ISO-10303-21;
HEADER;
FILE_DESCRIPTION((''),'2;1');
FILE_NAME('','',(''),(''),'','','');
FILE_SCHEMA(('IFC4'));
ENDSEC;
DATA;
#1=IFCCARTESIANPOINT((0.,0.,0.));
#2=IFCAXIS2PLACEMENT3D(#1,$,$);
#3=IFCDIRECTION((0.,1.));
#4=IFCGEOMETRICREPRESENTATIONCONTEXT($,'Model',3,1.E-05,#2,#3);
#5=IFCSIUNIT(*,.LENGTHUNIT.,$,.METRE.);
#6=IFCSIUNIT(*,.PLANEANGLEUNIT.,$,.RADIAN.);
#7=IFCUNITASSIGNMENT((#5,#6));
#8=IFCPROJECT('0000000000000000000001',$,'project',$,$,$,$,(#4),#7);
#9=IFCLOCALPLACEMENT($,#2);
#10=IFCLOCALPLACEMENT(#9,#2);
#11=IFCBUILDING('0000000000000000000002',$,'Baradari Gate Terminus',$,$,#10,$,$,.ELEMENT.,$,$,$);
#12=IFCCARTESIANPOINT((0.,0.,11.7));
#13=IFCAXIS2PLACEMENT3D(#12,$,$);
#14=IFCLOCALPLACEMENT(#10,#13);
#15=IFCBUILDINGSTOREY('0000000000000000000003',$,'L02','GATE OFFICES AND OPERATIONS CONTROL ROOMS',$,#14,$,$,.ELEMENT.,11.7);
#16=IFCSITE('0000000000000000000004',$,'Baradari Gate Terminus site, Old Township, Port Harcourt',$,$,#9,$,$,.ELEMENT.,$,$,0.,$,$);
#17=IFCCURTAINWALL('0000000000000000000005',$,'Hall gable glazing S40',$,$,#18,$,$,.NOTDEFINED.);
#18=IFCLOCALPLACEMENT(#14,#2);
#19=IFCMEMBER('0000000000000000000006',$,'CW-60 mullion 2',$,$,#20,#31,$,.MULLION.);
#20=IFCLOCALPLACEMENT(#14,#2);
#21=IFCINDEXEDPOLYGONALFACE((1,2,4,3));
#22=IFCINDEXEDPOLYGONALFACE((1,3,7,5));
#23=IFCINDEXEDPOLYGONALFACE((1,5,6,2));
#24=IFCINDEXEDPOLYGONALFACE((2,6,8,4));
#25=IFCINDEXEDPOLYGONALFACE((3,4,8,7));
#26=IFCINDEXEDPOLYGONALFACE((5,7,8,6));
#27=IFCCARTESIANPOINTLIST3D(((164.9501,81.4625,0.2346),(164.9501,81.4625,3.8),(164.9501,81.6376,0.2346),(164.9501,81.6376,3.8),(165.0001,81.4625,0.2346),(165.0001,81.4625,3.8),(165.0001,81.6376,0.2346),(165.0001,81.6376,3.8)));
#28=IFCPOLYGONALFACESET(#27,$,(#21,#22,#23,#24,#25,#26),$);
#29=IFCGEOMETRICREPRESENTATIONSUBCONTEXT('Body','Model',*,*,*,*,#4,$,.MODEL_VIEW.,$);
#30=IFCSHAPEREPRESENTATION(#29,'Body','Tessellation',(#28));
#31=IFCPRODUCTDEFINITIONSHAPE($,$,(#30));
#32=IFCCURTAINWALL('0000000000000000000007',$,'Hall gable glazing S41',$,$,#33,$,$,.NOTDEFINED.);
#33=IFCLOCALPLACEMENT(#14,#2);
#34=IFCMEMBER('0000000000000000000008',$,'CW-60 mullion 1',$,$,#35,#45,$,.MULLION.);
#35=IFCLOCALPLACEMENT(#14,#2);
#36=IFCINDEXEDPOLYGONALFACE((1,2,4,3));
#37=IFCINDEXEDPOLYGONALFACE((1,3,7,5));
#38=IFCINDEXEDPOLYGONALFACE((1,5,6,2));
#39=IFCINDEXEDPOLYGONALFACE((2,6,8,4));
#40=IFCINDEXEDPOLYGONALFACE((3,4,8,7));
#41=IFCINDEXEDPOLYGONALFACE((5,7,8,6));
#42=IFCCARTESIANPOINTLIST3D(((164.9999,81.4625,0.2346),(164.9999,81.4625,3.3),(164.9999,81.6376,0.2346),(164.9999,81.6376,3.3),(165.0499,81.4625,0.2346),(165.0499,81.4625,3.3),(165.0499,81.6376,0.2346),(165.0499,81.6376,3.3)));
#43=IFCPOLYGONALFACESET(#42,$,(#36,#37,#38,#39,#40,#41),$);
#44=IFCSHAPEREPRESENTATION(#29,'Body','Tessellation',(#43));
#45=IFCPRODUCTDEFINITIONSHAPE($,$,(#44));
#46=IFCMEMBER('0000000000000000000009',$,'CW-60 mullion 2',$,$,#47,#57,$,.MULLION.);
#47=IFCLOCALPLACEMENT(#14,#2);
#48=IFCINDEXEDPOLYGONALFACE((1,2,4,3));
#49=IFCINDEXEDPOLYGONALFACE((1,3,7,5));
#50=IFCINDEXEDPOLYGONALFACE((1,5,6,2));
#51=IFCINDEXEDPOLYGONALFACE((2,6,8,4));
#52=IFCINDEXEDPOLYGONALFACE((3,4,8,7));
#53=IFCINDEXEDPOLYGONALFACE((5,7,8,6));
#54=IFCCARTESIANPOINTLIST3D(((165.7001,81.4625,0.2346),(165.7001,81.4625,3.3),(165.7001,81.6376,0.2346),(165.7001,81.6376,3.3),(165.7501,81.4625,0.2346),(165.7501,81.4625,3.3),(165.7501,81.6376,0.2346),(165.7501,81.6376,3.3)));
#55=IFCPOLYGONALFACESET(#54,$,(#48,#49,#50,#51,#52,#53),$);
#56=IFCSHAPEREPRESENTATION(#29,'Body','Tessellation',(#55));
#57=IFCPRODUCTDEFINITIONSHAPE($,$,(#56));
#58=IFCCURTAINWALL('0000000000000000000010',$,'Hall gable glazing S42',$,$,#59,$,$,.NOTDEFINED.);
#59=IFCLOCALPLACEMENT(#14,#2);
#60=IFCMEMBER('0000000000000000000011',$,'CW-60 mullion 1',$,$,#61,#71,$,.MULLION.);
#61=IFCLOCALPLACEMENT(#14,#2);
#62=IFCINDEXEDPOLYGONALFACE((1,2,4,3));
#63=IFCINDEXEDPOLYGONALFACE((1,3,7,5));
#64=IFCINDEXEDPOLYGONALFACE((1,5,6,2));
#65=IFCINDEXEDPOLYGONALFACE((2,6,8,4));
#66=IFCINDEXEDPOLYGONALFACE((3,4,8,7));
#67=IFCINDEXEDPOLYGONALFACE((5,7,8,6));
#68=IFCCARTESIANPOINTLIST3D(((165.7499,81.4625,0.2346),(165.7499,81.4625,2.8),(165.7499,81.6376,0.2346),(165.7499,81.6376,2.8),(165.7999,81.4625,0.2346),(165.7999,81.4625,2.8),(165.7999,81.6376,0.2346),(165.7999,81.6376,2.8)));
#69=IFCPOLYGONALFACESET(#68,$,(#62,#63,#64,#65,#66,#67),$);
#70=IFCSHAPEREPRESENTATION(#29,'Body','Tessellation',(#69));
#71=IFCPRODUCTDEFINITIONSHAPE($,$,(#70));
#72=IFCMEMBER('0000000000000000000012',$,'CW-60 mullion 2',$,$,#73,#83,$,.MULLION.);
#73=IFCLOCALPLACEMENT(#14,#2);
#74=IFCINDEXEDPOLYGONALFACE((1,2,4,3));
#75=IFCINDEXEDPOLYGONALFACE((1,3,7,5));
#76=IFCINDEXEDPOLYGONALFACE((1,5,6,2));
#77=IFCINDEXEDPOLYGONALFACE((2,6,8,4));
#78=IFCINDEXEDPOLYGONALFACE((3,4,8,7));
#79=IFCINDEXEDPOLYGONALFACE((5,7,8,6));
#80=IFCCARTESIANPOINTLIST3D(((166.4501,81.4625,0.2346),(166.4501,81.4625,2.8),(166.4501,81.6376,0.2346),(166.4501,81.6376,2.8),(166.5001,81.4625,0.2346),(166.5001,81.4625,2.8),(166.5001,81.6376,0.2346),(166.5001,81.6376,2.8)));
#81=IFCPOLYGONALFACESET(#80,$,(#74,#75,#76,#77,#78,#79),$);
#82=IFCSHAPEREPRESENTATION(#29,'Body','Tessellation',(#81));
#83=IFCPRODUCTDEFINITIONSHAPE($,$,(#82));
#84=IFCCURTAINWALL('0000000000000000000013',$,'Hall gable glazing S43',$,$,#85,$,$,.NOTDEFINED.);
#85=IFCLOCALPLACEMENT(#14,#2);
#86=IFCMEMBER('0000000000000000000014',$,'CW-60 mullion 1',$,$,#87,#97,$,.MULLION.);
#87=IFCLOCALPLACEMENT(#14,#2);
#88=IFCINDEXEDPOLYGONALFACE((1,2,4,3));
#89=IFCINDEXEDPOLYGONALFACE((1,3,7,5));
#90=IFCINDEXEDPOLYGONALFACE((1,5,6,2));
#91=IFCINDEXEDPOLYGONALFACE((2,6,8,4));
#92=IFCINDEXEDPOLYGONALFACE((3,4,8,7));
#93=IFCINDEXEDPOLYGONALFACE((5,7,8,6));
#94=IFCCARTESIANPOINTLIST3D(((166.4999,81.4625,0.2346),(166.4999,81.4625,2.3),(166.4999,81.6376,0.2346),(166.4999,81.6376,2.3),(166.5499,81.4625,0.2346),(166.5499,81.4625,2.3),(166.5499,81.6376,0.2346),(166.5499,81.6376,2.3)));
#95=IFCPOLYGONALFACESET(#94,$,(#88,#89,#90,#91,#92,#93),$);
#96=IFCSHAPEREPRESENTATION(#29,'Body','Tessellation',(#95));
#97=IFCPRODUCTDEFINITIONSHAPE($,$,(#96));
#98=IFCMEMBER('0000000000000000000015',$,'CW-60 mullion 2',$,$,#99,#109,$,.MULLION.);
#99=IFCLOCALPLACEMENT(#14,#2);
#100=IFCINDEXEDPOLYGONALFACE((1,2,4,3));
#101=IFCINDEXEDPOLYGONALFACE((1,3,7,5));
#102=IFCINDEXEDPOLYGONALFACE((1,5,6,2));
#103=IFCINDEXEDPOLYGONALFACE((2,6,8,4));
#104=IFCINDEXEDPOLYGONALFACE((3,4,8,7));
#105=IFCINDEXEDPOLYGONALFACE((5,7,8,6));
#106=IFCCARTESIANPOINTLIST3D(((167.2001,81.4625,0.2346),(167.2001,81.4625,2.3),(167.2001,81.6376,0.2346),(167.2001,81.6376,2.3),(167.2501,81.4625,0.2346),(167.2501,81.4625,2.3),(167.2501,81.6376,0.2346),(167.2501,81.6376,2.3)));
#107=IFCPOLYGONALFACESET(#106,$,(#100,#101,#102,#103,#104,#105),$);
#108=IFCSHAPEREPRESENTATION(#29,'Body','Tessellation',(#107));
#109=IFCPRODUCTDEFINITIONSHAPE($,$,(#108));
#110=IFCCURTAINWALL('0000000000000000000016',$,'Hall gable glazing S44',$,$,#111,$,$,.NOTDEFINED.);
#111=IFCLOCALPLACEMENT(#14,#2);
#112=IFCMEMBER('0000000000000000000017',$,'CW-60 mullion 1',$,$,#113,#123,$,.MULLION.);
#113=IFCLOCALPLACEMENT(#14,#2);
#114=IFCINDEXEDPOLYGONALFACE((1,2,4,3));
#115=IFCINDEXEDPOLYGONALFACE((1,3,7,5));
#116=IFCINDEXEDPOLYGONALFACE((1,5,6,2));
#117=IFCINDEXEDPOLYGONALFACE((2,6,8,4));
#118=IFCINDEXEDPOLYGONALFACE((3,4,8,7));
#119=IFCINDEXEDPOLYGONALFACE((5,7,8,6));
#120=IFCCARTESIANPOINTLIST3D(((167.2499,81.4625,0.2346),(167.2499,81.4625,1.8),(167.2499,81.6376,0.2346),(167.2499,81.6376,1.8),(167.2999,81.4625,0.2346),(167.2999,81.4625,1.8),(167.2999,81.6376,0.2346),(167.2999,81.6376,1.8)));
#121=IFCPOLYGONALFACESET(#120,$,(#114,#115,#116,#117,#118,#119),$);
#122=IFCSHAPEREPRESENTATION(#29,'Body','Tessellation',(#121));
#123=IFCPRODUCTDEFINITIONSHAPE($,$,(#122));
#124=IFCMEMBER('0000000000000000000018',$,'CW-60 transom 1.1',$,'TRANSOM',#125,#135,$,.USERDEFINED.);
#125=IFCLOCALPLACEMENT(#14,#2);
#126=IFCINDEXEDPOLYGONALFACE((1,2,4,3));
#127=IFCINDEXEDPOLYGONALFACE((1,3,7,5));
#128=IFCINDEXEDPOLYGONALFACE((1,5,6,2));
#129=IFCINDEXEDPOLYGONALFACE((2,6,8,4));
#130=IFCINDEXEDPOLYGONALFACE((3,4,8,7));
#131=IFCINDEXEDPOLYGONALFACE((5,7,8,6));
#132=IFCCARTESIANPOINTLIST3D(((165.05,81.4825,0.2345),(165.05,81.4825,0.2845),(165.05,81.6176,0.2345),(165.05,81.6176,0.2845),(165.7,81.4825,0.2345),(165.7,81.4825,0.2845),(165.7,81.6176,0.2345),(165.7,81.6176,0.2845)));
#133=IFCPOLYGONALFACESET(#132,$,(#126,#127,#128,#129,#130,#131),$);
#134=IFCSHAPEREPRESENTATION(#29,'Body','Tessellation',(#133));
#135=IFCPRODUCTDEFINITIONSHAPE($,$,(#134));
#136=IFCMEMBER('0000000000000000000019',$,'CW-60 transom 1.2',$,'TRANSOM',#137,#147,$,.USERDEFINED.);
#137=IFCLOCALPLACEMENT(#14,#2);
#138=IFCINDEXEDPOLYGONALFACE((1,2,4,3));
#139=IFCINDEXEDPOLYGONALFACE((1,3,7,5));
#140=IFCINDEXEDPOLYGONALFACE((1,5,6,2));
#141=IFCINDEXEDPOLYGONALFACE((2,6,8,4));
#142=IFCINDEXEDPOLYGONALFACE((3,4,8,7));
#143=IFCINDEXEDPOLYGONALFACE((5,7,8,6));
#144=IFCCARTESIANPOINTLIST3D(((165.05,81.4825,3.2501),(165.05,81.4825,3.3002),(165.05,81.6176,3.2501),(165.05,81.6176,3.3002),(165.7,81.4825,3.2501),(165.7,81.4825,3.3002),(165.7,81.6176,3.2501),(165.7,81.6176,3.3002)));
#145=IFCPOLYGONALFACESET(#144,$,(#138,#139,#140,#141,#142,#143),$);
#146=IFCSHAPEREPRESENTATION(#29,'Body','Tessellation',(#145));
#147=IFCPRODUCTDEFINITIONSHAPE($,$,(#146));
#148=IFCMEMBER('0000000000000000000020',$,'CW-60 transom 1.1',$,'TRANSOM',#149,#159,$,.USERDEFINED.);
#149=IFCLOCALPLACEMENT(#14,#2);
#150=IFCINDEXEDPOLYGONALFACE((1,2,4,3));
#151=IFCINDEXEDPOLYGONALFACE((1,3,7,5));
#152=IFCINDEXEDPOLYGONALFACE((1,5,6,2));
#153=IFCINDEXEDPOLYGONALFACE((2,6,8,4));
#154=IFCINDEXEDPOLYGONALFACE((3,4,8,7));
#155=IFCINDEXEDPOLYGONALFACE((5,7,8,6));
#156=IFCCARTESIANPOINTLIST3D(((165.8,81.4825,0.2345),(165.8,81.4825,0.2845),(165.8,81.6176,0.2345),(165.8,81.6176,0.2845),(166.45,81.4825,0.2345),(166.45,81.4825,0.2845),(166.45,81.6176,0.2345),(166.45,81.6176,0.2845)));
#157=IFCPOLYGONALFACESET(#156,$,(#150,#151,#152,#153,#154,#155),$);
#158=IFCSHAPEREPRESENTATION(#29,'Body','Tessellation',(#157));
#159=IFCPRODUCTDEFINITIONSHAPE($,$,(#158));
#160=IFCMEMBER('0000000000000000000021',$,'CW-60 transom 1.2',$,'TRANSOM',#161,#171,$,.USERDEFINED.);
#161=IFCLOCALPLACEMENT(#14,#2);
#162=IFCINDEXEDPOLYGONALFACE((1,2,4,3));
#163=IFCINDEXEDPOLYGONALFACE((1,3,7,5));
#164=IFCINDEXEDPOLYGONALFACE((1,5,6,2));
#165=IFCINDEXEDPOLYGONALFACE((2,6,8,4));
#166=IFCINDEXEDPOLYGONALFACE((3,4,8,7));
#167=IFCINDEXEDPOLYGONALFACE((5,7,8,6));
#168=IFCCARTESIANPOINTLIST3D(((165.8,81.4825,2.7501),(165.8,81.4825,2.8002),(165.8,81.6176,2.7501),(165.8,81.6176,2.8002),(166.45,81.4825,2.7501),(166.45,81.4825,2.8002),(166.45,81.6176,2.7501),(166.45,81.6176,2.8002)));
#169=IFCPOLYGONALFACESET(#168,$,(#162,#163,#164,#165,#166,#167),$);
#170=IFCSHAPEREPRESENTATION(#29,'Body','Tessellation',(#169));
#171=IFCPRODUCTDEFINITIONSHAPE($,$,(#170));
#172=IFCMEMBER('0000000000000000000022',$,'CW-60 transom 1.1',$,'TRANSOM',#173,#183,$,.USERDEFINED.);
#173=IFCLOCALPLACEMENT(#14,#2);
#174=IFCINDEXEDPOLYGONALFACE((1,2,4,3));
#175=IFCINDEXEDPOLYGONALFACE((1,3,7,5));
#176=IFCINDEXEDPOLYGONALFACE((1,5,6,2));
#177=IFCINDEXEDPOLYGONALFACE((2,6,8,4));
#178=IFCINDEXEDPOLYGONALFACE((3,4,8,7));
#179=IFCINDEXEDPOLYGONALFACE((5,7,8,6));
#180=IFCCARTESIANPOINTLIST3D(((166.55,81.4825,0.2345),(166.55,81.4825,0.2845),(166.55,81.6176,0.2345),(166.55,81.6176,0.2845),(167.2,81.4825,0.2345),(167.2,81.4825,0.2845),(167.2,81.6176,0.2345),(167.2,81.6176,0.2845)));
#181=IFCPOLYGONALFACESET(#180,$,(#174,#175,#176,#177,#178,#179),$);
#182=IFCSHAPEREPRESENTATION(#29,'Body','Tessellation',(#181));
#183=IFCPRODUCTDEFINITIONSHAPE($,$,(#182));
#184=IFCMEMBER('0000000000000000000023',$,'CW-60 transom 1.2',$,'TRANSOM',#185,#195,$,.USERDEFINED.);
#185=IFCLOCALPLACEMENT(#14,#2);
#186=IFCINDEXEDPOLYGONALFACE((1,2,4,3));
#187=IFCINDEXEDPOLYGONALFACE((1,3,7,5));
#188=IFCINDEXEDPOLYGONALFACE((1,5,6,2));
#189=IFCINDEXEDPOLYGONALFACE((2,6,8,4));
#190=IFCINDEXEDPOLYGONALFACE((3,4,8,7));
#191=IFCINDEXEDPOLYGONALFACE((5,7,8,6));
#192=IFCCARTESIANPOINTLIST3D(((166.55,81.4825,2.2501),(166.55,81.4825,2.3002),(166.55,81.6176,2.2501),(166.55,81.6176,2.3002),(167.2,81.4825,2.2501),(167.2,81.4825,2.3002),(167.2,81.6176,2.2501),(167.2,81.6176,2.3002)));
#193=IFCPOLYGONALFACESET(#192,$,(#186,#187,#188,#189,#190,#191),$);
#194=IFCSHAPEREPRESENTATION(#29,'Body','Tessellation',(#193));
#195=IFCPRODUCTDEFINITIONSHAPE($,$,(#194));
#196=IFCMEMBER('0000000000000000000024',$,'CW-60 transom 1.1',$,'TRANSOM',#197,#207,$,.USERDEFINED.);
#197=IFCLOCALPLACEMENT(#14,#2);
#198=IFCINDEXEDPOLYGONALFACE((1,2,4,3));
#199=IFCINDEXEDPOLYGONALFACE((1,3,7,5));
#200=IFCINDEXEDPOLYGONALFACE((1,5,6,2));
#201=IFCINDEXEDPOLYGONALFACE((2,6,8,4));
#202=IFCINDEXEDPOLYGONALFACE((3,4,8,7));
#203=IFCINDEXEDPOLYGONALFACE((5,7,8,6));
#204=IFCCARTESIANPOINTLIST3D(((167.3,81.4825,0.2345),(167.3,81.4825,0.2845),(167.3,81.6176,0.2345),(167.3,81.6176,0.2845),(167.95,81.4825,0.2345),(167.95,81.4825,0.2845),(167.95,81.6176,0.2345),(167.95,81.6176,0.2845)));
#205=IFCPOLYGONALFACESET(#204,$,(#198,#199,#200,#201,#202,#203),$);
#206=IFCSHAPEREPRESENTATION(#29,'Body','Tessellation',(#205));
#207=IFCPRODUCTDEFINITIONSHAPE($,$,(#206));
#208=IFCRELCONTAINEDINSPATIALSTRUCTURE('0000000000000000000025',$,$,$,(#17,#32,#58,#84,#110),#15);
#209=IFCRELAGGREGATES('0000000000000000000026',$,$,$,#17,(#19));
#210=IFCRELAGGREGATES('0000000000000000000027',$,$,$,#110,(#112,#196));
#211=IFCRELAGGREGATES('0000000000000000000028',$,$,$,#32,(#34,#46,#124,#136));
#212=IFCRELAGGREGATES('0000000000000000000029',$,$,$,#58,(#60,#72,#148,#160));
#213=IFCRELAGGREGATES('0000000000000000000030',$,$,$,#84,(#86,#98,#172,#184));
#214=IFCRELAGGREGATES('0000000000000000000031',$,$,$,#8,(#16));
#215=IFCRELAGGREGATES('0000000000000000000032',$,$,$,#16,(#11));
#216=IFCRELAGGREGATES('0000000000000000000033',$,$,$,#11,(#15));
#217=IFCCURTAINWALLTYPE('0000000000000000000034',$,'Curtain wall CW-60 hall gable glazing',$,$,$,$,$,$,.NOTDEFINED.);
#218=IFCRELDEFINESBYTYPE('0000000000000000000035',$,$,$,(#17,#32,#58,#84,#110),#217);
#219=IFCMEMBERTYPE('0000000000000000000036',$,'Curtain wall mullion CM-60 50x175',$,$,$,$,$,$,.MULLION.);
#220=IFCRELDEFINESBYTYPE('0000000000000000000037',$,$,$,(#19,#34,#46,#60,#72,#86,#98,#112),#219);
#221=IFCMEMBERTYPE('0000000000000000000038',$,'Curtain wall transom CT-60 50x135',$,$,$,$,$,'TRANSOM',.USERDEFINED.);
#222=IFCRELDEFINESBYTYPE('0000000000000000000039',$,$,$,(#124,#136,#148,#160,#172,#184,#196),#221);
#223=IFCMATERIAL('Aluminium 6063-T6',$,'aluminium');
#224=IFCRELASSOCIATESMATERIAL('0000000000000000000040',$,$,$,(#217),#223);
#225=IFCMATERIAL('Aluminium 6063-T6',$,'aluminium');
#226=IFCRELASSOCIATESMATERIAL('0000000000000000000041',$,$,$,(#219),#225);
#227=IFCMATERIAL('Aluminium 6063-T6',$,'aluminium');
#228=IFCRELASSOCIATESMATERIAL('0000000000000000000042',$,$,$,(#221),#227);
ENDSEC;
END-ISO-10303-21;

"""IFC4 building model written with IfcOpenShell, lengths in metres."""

from ifc_helpers import new_model, si_unit, direction, frame, origin, origin_2d, place, context, subcontext, project, spatial, rectangle, extrude, material, material_profile, profile_set, type_object, element, aggregate, save


model = new_model("IFC4")

# Units and contexts
model_context = context("Model", 3, precision=1e-05, world=origin(), true_north=direction((0.0, 1.0)))
body_context = subcontext(model_context, "Body", "Model", "MODEL_VIEW")
ifc_project = project(units=[si_unit("LENGTHUNIT", "METRE"), si_unit("PLANEANGLEUNIT", "RADIAN")], contexts=[model_context])

# Site, building, storey
site_placement = place(None, origin())
site = spatial("IfcSite", under=ifc_project, at=site_placement, Name="Baradari Gate Terminus site, Old Township, Port Harcourt", CompositionType="ELEMENT", RefElevation=0.0)
building_placement = place(site_placement, origin())
building = spatial("IfcBuilding", under=site, at=building_placement, Name="Baradari Gate Terminus", CompositionType="ELEMENT")
storey_placement = place(building_placement, frame((0.0, 0.0, 11.7)))
storey = spatial("IfcBuildingStorey", under=building, at=storey_placement, Name="L02", Description="GATE OFFICES AND OPERATIONS CONTROL ROOMS", CompositionType="ELEMENT", Elevation=11.7)

# Curtain wall, member
ifc_material_1 = material(Name="Aluminium 6063-T6", Category="aluminium")
curtain_wall_type = type_object("IfcCurtainWallType", Name="Curtain wall CW-60 hall gable glazing", PredefinedType="NOTDEFINED", material=ifc_material_1)
curtain_wall_1_placement = place(storey_placement, origin())
curtain_wall_1 = element("IfcCurtainWall", 1, at=curtain_wall_1_placement, inside=storey, type_object=curtain_wall_type, Name="Hall gable glazing S40", PredefinedType="NOTDEFINED")
ifc_material_2 = material(Name="Aluminium 6063-T6", Category="aluminium")
ifc_material_profile_1 = material_profile(ifc_material_2, rectangle(XDim=0.175, YDim=0.05, at=origin_2d()), Name="CM-60 50X175")
ifc_profile_set_1 = profile_set([ifc_material_profile_1], Name="Aluminium 6063-T6")
member_type_1 = type_object("IfcMemberType", Name="Curtain wall mullion CM-60 50x175", PredefinedType="MULLION", material=ifc_profile_set_1)
member_1_placement = place(storey_placement, frame((164.9751, 81.55, 0.2346), z_axis=(0.0, 0.0, 1.0), x_axis=(0.0, 1.0, 0.0)))
member_1 = element("IfcMember", 2, at=member_1_placement, type_object=member_type_1, Name="CW-60 mullion 2", PredefinedType="MULLION", context=body_context, shape_type="SweptSolid", body=[
    extrude(rectangle(XDim=0.175, YDim=0.05, at=origin_2d()), origin(), (0.0, 0.0, 1.0), 3.5654),
])
aggregate(curtain_wall_1, [member_1])

# Curtain walls, members
curtain_wall_2_placement = place(storey_placement, origin())
curtain_wall_2 = element("IfcCurtainWall", 3, at=curtain_wall_2_placement, inside=storey, type_object=curtain_wall_type, Name="Hall gable glazing S41", PredefinedType="NOTDEFINED")
member_2_placement = place(storey_placement, frame((165.0249, 81.55, 0.2346), z_axis=(0.0, 0.0, 1.0), x_axis=(0.0, 1.0, 0.0)))
member_2 = element("IfcMember", 4, at=member_2_placement, type_object=member_type_1, Name="CW-60 mullion 1", PredefinedType="MULLION", context=body_context, shape_type="SweptSolid", body=[
    extrude(rectangle(XDim=0.175, YDim=0.05, at=origin_2d()), origin(), (0.0, 0.0, 1.0), 3.0654),
])
member_3_placement = place(storey_placement, frame((165.7251, 81.55, 0.2346), z_axis=(0.0, 0.0, 1.0), x_axis=(0.0, 1.0, 0.0)))
member_3 = element("IfcMember", 5, at=member_3_placement, type_object=member_type_1, Name="CW-60 mullion 2", PredefinedType="MULLION", context=body_context, shape_type="SweptSolid", body=[
    extrude(rectangle(XDim=0.175, YDim=0.05, at=origin_2d()), origin(), (0.0, 0.0, 1.0), 3.0654),
])
curtain_wall_3_placement = place(storey_placement, origin())
curtain_wall_3 = element("IfcCurtainWall", 6, at=curtain_wall_3_placement, inside=storey, type_object=curtain_wall_type, Name="Hall gable glazing S42", PredefinedType="NOTDEFINED")
member_4_placement = place(storey_placement, frame((165.7749, 81.55, 0.2346), z_axis=(0.0, 0.0, 1.0), x_axis=(0.0, 1.0, 0.0)))
member_4 = element("IfcMember", 7, at=member_4_placement, type_object=member_type_1, Name="CW-60 mullion 1", PredefinedType="MULLION", context=body_context, shape_type="SweptSolid", body=[
    extrude(rectangle(XDim=0.175, YDim=0.05, at=origin_2d()), origin(), (0.0, 0.0, 1.0), 2.5654),
])
member_5_placement = place(storey_placement, frame((166.4751, 81.55, 0.2346), z_axis=(0.0, 0.0, 1.0), x_axis=(0.0, 1.0, 0.0)))
member_5 = element("IfcMember", 8, at=member_5_placement, type_object=member_type_1, Name="CW-60 mullion 2", PredefinedType="MULLION", context=body_context, shape_type="SweptSolid", body=[
    extrude(rectangle(XDim=0.175, YDim=0.05, at=origin_2d()), origin(), (0.0, 0.0, 1.0), 2.5654),
])
curtain_wall_4_placement = place(storey_placement, origin())
curtain_wall_4 = element("IfcCurtainWall", 9, at=curtain_wall_4_placement, inside=storey, type_object=curtain_wall_type, Name="Hall gable glazing S43", PredefinedType="NOTDEFINED")
member_6_placement = place(storey_placement, frame((166.5249, 81.55, 0.2346), z_axis=(0.0, 0.0, 1.0), x_axis=(0.0, 1.0, 0.0)))
member_6 = element("IfcMember", 10, at=member_6_placement, type_object=member_type_1, Name="CW-60 mullion 1", PredefinedType="MULLION", context=body_context, shape_type="SweptSolid", body=[
    extrude(rectangle(XDim=0.175, YDim=0.05, at=origin_2d()), origin(), (0.0, 0.0, 1.0), 2.0654),
])
member_7_placement = place(storey_placement, frame((167.2251, 81.55, 0.2346), z_axis=(0.0, 0.0, 1.0), x_axis=(0.0, 1.0, 0.0)))
member_7 = element("IfcMember", 11, at=member_7_placement, type_object=member_type_1, Name="CW-60 mullion 2", PredefinedType="MULLION", context=body_context, shape_type="SweptSolid", body=[
    extrude(rectangle(XDim=0.175, YDim=0.05, at=origin_2d()), origin(), (0.0, 0.0, 1.0), 2.0654),
])

# Curtain wall, member
curtain_wall_5_placement = place(storey_placement, origin())
curtain_wall_5 = element("IfcCurtainWall", 12, at=curtain_wall_5_placement, inside=storey, type_object=curtain_wall_type, Name="Hall gable glazing S44", PredefinedType="NOTDEFINED")
member_8_placement = place(storey_placement, frame((167.2749, 81.55, 0.2346), z_axis=(0.0, 0.0, 1.0), x_axis=(0.0, 1.0, 0.0)))
member_8 = element("IfcMember", 13, at=member_8_placement, type_object=member_type_1, Name="CW-60 mullion 1", PredefinedType="MULLION", context=body_context, shape_type="SweptSolid", body=[
    extrude(rectangle(XDim=0.175, YDim=0.05, at=origin_2d()), origin(), (0.0, 0.0, 1.0), 1.5654),
])

# Members
ifc_material_3 = material(Name="Aluminium 6063-T6", Category="aluminium")
ifc_material_profile_2 = material_profile(ifc_material_3, rectangle(XDim=0.135, YDim=0.05, at=origin_2d()), Name="CT-60 50X135")
ifc_profile_set_2 = profile_set([ifc_material_profile_2], Name="Aluminium 6063-T6")
member_type_2 = type_object("IfcMemberType", Name="Curtain wall transom CT-60 50x135", ElementType="TRANSOM", PredefinedType="USERDEFINED", material=ifc_profile_set_2)
member_9_placement = place(storey_placement, frame((165.05, 81.55, 0.2595), z_axis=(1.0, 0.0, 0.0), x_axis=(0.0, 1.0, 0.0)))
member_9 = element("IfcMember", 14, at=member_9_placement, type_object=member_type_2, Name="CW-60 transom 1.1", ObjectType="TRANSOM", PredefinedType="USERDEFINED", context=body_context, shape_type="SweptSolid", body=[
    extrude(rectangle(XDim=0.135, YDim=0.05, at=origin_2d()), origin(), (0.0, 0.0, 1.0), 0.6499),
])
member_10_placement = place(storey_placement, frame((165.05, 81.55, 3.2751), z_axis=(1.0, 0.0, 0.0), x_axis=(0.0, 1.0, 0.0)))
member_10 = element("IfcMember", 15, at=member_10_placement, type_object=member_type_2, Name="CW-60 transom 1.2", ObjectType="TRANSOM", PredefinedType="USERDEFINED", context=body_context, shape_type="SweptSolid", body=[
    extrude(rectangle(XDim=0.135, YDim=0.05, at=origin_2d()), origin(), (0.0, 0.0, 1.0), 0.6499),
])
member_11_placement = place(storey_placement, frame((165.8, 81.55, 0.2595), z_axis=(1.0, 0.0, 0.0), x_axis=(0.0, 1.0, 0.0)))
member_11 = element("IfcMember", 16, at=member_11_placement, type_object=member_type_2, Name="CW-60 transom 1.1", ObjectType="TRANSOM", PredefinedType="USERDEFINED", context=body_context, shape_type="SweptSolid", body=[
    extrude(rectangle(XDim=0.135, YDim=0.05, at=origin_2d()), origin(), (0.0, 0.0, 1.0), 0.6499),
])
member_12_placement = place(storey_placement, frame((165.8, 81.55, 2.7751), z_axis=(1.0, 0.0, 0.0), x_axis=(0.0, 1.0, 0.0)))
member_12 = element("IfcMember", 17, at=member_12_placement, type_object=member_type_2, Name="CW-60 transom 1.2", ObjectType="TRANSOM", PredefinedType="USERDEFINED", context=body_context, shape_type="SweptSolid", body=[
    extrude(rectangle(XDim=0.135, YDim=0.05, at=origin_2d()), origin(), (0.0, 0.0, 1.0), 0.6499),
])
member_13_placement = place(storey_placement, frame((166.55, 81.55, 0.2595), z_axis=(1.0, 0.0, 0.0), x_axis=(0.0, 1.0, 0.0)))
member_13 = element("IfcMember", 18, at=member_13_placement, type_object=member_type_2, Name="CW-60 transom 1.1", ObjectType="TRANSOM", PredefinedType="USERDEFINED", context=body_context, shape_type="SweptSolid", body=[
    extrude(rectangle(XDim=0.135, YDim=0.05, at=origin_2d()), origin(), (0.0, 0.0, 1.0), 0.6499),
])
member_14_placement = place(storey_placement, frame((166.55, 81.55, 2.2751), z_axis=(1.0, 0.0, 0.0), x_axis=(0.0, 1.0, 0.0)))
member_14 = element("IfcMember", 19, at=member_14_placement, type_object=member_type_2, Name="CW-60 transom 1.2", ObjectType="TRANSOM", PredefinedType="USERDEFINED", context=body_context, shape_type="SweptSolid", body=[
    extrude(rectangle(XDim=0.135, YDim=0.05, at=origin_2d()), origin(), (0.0, 0.0, 1.0), 0.6499),
])
member_15_placement = place(storey_placement, frame((167.3, 81.55, 0.2595), z_axis=(1.0, 0.0, 0.0), x_axis=(0.0, 1.0, 0.0)))
member_15 = element("IfcMember", 20, at=member_15_placement, type_object=member_type_2, Name="CW-60 transom 1.1", ObjectType="TRANSOM", PredefinedType="USERDEFINED", context=body_context, shape_type="SweptSolid", body=[
    extrude(rectangle(XDim=0.135, YDim=0.05, at=origin_2d()), origin(), (0.0, 0.0, 1.0), 0.6499),
])
aggregate(curtain_wall_5, [member_8, member_15])

aggregate(curtain_wall_2, [member_2, member_3, member_9, member_10])
aggregate(curtain_wall_3, [member_4, member_5, member_11, member_12])
aggregate(curtain_wall_4, [member_6, member_7, member_13, member_14])

save(model, "model.ifc")
